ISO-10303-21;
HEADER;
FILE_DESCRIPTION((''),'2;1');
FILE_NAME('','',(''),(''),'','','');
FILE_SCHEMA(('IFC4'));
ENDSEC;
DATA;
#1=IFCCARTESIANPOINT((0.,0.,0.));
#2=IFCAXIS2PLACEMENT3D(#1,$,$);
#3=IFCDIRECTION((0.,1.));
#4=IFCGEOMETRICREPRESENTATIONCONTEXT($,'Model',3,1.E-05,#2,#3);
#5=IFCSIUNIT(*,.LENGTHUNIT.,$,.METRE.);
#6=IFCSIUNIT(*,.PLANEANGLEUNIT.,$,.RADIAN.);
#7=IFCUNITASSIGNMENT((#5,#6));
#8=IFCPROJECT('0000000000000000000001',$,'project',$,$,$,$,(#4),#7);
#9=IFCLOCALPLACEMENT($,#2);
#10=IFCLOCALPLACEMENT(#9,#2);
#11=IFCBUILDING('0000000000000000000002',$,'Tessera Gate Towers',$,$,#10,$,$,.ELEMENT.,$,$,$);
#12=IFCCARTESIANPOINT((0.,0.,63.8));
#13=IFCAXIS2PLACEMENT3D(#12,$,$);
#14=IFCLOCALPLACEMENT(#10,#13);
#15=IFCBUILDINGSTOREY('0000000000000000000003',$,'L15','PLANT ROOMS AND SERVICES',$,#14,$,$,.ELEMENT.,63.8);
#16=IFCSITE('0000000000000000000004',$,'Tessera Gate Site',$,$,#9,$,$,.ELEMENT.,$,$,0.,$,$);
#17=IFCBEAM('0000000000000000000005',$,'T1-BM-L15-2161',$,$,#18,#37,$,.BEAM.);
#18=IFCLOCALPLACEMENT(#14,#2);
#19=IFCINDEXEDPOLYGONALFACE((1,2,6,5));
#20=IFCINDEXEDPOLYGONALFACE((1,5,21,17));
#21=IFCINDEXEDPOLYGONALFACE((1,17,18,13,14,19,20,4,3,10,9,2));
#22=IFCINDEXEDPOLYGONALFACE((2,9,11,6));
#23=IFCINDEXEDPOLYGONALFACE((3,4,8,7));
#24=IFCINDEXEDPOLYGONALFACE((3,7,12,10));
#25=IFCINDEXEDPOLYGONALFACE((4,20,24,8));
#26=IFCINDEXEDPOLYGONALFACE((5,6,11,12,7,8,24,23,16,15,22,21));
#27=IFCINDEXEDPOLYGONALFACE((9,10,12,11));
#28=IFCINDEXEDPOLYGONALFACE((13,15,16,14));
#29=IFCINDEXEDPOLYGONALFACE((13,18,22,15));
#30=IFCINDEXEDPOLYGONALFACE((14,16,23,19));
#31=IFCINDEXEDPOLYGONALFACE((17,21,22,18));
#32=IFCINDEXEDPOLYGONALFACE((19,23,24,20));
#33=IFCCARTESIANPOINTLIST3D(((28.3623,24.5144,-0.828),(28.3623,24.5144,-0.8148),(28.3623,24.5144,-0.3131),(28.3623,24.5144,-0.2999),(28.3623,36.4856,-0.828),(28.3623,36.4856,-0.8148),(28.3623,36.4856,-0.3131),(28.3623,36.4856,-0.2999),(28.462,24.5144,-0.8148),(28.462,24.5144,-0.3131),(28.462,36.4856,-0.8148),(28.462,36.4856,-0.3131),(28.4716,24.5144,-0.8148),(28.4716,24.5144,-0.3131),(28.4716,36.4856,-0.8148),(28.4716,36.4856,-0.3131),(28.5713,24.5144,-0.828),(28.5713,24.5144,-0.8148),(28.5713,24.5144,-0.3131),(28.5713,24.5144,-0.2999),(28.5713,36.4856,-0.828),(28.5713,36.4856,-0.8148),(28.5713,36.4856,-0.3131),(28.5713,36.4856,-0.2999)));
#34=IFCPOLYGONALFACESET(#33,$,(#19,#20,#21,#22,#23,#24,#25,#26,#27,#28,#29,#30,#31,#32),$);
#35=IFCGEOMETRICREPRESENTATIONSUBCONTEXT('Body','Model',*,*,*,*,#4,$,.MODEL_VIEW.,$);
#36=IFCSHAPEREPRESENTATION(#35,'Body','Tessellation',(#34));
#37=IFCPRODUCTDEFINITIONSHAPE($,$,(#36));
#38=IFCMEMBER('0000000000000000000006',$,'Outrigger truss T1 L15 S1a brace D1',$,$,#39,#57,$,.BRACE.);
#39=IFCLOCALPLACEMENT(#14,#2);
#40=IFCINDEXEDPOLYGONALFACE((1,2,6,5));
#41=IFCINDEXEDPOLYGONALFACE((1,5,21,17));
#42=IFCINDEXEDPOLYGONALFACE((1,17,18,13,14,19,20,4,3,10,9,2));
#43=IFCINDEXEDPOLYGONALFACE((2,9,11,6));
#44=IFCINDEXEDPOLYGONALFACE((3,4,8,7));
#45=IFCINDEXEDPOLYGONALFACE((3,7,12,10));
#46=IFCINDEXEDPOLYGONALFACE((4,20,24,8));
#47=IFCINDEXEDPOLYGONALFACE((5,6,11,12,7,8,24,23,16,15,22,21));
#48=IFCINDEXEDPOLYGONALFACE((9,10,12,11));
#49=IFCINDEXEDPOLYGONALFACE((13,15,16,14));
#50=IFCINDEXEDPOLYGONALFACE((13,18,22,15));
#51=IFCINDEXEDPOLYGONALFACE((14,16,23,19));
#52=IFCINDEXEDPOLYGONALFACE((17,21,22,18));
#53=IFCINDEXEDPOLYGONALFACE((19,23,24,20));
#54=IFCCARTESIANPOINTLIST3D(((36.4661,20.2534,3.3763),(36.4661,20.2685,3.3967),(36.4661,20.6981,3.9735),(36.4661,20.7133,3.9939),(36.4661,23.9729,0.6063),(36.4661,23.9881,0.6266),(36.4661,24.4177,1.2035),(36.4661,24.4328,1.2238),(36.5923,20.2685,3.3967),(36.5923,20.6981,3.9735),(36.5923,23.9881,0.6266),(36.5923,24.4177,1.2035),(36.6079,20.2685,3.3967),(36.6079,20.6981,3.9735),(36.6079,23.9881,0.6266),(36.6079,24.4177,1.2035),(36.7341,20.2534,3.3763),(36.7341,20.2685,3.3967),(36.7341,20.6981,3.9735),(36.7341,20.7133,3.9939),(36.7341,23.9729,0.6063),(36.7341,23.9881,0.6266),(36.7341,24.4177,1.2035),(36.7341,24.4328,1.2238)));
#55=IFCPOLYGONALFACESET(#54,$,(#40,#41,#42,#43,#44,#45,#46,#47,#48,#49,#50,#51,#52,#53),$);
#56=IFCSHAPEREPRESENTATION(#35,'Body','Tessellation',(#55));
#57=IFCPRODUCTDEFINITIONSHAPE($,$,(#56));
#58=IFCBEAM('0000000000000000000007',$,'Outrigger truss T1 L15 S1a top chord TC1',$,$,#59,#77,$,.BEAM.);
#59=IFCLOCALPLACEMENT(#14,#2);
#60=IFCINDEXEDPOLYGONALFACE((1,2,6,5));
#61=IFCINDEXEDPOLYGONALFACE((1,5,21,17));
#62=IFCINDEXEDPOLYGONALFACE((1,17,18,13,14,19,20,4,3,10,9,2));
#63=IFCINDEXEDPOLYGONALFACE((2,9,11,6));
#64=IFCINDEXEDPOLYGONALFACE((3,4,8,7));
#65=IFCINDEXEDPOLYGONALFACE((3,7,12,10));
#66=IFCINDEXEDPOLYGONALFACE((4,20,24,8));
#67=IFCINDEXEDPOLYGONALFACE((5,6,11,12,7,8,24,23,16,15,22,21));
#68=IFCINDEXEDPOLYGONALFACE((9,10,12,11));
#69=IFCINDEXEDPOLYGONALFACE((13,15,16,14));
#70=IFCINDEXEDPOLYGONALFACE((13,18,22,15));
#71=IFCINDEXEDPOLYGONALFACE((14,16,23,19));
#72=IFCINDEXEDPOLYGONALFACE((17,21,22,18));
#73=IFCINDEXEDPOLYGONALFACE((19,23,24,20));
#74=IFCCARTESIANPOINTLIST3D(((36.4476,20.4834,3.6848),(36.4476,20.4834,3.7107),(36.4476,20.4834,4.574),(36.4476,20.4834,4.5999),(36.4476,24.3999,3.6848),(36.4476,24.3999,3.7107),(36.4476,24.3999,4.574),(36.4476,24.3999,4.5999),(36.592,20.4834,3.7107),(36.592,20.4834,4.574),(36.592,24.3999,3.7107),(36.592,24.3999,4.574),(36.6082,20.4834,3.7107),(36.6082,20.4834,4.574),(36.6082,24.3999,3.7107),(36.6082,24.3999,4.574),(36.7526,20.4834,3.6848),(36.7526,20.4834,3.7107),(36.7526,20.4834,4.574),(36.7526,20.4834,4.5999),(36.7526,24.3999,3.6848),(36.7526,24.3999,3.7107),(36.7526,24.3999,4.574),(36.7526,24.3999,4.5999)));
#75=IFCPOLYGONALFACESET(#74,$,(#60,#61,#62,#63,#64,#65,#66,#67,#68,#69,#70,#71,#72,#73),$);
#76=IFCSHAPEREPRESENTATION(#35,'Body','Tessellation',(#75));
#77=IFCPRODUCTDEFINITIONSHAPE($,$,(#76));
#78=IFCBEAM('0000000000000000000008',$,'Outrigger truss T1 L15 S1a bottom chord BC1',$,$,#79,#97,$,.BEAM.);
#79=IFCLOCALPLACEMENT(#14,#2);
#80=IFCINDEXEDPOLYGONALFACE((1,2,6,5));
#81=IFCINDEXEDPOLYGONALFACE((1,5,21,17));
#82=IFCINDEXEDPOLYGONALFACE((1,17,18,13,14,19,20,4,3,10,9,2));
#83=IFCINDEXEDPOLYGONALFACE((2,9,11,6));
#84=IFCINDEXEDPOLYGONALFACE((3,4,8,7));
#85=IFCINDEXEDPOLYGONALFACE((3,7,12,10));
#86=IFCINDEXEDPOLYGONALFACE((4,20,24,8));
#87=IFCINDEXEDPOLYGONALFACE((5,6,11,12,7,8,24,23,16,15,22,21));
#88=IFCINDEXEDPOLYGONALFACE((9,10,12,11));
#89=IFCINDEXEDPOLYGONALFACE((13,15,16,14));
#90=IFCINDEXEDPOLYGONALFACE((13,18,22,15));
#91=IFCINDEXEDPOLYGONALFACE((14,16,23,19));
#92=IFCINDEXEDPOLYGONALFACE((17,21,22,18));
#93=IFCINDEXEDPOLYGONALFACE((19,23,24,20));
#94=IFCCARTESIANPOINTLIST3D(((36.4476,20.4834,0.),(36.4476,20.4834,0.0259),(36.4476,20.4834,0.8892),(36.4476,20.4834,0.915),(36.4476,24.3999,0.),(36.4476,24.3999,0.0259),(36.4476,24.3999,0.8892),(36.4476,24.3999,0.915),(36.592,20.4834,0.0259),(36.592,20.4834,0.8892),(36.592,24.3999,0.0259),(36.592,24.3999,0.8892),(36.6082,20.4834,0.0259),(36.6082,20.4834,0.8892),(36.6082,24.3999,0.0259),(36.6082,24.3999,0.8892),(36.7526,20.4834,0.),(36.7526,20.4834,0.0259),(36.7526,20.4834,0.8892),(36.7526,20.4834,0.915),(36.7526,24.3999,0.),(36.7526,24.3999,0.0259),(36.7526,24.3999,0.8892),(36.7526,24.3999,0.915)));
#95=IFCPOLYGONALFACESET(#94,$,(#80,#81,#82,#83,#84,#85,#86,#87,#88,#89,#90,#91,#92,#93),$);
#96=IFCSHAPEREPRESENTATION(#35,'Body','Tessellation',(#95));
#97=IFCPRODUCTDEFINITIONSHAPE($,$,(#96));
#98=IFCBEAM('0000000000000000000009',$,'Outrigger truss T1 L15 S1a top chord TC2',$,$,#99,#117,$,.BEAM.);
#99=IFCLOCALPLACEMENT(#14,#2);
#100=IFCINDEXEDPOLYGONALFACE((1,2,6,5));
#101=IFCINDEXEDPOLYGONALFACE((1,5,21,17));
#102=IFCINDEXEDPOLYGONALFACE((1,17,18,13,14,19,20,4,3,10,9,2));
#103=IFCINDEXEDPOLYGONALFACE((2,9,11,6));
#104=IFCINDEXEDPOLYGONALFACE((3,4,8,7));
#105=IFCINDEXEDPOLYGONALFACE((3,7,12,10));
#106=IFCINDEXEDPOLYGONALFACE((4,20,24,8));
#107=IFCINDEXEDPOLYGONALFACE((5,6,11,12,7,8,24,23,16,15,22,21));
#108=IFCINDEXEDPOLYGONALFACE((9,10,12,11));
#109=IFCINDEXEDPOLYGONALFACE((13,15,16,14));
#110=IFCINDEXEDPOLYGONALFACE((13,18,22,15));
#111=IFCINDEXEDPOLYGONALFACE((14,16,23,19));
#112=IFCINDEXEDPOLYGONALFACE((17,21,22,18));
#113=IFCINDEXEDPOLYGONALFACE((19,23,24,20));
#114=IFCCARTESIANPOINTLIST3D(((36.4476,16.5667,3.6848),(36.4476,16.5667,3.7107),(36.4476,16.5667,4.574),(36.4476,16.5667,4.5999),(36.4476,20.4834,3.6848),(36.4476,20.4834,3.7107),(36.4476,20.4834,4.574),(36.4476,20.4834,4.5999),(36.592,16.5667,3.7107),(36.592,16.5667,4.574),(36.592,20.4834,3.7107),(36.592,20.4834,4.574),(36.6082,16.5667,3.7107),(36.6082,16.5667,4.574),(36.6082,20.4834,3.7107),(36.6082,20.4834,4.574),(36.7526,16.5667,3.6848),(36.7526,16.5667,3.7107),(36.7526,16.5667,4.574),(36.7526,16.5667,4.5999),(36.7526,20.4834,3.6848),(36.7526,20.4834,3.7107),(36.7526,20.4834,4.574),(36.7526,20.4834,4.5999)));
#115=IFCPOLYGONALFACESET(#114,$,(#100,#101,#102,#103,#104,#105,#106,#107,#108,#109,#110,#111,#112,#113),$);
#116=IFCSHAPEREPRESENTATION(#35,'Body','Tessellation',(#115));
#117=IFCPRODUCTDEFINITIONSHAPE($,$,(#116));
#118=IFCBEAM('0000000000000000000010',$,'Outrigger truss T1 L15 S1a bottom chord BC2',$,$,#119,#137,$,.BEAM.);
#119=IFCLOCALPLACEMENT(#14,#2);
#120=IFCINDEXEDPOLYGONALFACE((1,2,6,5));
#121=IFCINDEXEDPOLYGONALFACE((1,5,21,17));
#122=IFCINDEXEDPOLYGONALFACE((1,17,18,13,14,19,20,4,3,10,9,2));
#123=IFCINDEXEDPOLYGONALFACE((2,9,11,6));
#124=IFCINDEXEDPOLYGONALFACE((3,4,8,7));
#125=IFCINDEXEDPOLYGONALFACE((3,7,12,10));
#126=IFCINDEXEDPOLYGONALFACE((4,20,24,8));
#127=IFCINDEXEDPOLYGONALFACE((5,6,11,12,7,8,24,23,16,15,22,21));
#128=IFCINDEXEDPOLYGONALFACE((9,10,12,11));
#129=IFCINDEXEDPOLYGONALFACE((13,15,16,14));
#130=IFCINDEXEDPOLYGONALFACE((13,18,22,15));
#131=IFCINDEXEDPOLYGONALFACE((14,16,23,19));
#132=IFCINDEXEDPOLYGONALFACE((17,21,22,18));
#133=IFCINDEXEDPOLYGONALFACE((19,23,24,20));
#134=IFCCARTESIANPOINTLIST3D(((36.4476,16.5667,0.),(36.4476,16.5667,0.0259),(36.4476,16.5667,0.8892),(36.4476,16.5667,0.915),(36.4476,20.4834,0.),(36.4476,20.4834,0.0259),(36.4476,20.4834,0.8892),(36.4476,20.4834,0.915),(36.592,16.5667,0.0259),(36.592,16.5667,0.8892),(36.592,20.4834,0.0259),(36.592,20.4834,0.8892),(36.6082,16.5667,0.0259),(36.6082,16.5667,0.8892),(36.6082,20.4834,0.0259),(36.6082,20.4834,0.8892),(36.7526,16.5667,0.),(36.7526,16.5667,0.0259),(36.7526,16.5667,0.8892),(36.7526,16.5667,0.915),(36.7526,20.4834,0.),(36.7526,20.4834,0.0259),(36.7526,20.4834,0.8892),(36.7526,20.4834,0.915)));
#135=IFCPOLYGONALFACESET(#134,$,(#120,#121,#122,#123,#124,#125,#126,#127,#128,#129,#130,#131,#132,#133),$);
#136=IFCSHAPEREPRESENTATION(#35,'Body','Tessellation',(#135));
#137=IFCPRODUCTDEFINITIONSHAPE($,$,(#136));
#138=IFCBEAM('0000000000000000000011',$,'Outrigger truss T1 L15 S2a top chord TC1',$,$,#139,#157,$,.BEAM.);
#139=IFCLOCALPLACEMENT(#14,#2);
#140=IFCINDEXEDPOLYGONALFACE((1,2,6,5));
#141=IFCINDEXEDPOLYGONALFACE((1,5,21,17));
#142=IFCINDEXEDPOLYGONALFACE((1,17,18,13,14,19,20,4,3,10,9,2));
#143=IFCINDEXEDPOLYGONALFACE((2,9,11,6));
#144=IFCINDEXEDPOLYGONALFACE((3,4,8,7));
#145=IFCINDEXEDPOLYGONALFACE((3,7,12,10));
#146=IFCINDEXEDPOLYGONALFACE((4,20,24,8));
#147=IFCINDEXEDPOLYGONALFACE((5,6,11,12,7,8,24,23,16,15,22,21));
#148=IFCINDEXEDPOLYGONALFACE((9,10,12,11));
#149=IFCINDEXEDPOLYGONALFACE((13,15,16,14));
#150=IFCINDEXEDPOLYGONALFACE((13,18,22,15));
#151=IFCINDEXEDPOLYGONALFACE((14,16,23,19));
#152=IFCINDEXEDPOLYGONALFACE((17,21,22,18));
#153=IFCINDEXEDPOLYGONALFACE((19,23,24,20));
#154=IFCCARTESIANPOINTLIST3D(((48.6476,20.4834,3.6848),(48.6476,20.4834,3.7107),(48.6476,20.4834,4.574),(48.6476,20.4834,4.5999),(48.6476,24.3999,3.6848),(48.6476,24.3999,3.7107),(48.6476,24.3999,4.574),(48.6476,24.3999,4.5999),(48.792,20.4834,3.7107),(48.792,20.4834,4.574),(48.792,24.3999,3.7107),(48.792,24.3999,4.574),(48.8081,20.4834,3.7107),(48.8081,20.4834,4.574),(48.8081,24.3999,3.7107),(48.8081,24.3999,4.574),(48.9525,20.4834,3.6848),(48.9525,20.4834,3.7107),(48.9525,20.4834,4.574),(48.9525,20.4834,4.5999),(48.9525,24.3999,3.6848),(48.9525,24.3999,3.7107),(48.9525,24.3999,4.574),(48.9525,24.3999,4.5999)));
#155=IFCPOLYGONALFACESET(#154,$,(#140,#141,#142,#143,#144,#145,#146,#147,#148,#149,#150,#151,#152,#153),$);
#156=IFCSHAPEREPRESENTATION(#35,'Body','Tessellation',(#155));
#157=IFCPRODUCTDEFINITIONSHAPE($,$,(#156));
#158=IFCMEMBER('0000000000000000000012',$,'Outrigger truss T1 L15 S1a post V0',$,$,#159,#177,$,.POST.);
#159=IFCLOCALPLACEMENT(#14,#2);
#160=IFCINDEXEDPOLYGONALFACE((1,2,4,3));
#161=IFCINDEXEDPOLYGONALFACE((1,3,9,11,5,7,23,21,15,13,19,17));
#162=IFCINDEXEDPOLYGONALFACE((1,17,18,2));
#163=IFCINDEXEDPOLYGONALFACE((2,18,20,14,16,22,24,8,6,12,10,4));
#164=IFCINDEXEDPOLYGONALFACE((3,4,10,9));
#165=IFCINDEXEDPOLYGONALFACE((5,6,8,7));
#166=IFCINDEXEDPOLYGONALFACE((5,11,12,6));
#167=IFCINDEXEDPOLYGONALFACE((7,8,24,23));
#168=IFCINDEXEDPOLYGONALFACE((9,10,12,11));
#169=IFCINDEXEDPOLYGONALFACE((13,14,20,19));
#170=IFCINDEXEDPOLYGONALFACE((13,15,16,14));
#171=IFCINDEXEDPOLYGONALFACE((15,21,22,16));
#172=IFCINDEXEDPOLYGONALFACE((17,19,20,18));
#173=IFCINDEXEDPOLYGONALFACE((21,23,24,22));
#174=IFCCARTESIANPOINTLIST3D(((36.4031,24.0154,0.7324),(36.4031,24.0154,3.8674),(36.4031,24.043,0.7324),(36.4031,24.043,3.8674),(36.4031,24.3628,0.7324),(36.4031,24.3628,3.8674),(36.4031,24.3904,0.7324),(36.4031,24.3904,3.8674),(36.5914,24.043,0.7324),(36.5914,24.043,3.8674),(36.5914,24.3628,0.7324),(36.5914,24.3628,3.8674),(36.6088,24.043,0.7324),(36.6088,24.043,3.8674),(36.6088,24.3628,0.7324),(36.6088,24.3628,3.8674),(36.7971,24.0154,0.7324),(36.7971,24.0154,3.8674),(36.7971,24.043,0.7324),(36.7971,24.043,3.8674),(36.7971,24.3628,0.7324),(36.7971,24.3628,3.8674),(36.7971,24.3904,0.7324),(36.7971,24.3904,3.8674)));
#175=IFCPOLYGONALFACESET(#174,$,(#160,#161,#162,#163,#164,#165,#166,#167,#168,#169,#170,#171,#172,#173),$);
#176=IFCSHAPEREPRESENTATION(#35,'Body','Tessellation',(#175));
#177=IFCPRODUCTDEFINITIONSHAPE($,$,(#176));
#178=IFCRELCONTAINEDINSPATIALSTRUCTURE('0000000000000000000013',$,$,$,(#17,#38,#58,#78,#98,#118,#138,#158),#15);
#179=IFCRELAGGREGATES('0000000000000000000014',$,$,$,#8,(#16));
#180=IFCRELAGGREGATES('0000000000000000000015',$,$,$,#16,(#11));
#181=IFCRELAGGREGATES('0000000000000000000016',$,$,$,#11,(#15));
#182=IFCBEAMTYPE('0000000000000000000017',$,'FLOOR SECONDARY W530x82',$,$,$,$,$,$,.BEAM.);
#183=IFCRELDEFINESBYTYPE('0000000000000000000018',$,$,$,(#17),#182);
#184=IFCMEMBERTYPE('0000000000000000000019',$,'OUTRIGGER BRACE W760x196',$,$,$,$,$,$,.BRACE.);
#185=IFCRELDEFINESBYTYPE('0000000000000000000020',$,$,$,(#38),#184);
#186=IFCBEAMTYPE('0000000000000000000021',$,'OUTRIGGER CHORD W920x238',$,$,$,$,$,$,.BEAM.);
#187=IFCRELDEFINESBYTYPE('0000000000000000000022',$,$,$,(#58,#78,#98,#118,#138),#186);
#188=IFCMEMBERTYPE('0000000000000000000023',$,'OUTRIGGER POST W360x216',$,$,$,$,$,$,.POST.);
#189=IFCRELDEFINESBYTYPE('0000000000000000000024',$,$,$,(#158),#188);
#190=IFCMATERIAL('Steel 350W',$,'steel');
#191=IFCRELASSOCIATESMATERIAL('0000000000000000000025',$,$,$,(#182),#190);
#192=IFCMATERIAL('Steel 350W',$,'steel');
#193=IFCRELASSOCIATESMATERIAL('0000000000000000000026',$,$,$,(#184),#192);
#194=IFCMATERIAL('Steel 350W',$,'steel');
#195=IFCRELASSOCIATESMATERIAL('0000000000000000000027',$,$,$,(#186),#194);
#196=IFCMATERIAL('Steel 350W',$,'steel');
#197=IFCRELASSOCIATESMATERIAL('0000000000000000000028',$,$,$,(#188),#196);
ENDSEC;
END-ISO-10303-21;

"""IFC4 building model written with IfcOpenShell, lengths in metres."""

from ifc_helpers import new_model, si_unit, direction, frame, origin, origin_2d, place, context, subcontext, project, spatial, i_section, extrude, material, material_profile, profile_set, type_object, element, save


model = new_model("IFC4")

# Units and contexts
model_context = context("Model", 3, precision=1e-05, world=origin(), true_north=direction((0.0, 1.0)))
body_context = subcontext(model_context, "Body", "Model", "MODEL_VIEW")
ifc_project = project(units=[si_unit("LENGTHUNIT", "METRE"), si_unit("PLANEANGLEUNIT", "RADIAN")], contexts=[model_context])

# Site, building, storey
site_placement = place(None, origin())
site = spatial("IfcSite", under=ifc_project, at=site_placement, Name="Tessera Gate Site", CompositionType="ELEMENT", RefElevation=0.0)
building_placement = place(site_placement, origin())
building = spatial("IfcBuilding", under=site, at=building_placement, Name="Tessera Gate Towers", CompositionType="ELEMENT")
storey_placement = place(building_placement, frame((0.0, 0.0, 63.8)))
storey = spatial("IfcBuildingStorey", under=building, at=storey_placement, Name="L15", Description="PLANT ROOMS AND SERVICES", CompositionType="ELEMENT", Elevation=63.8)

# Beam
ifc_material_1 = material(Name="Steel 350W", Category="steel")
ifc_material_profile_1 = material_profile(ifc_material_1, i_section(OverallWidth=0.209, OverallDepth=0.5281, WebThickness=0.0095, FlangeThickness=0.0132, at=origin_2d()), Name="W530x82")
ifc_profile_set_1 = profile_set([ifc_material_profile_1], Name="Steel 350W")
beam_type_1 = type_object("IfcBeamType", Name="FLOOR SECONDARY W530x82", PredefinedType="BEAM", material=ifc_profile_set_1)
beam_1_placement = place(storey_placement, frame((28.4668, 24.5144, -0.564), z_axis=(0.0, 1.0, 0.0), x_axis=(-1.0, 0.0, 0.0)))
element("IfcBeam", 1, at=beam_1_placement, inside=storey, type_object=beam_type_1, Name="T1-BM-L15-2161", PredefinedType="BEAM", context=body_context, shape_type="SweptSolid", body=[
    extrude(i_section(OverallWidth=0.209, OverallDepth=0.5281, WebThickness=0.0095, FlangeThickness=0.0132, at=origin_2d()), origin(), (0.0, 0.0, 1.0), 11.9712),
])

# Member
ifc_material_2 = material(Name="Steel 350W", Category="steel")
ifc_material_profile_2 = material_profile(ifc_material_2, i_section(OverallWidth=0.2681, OverallDepth=0.77, WebThickness=0.0156, FlangeThickness=0.0254, at=origin_2d()), Name="W760x196")
ifc_profile_set_2 = profile_set([ifc_material_profile_2], Name="Steel 350W")
member_type_1 = type_object("IfcMemberType", Name="OUTRIGGER BRACE W760x196", PredefinedType="BRACE", material=ifc_profile_set_2)
member_placement = place(storey_placement, frame((36.6001, 24.2029, 0.915), z_axis=(0.0, -0.802023, 0.597293), x_axis=(1.0, 0.0, 0.0)))
element("IfcMember", 2, at=member_placement, inside=storey, type_object=member_type_1, Name="Outrigger truss T1 L15 S1a brace D1", PredefinedType="BRACE", context=body_context, shape_type="SweptSolid", body=[
    extrude(i_section(OverallWidth=0.2681, OverallDepth=0.77, WebThickness=0.0156, FlangeThickness=0.0254, at=origin_2d()), origin(), (0.0, 0.0, 1.0), 4.6377),
])

# Beams
ifc_material_3 = material(Name="Steel 350W", Category="steel")
ifc_material_profile_3 = material_profile(ifc_material_3, i_section(OverallWidth=0.3049, OverallDepth=0.915, WebThickness=0.0161, FlangeThickness=0.0259, at=origin_2d()), Name="W920x238")
ifc_profile_set_3 = profile_set([ifc_material_profile_3], Name="Steel 350W")
beam_type_2 = type_object("IfcBeamType", Name="OUTRIGGER CHORD W920x238", PredefinedType="BEAM", material=ifc_profile_set_3)
for number, where, z_axis, x_axis, name in (
    (3, (36.6001, 24.3999, 4.1423), (0.0, -1.0, 0.0), (1.0, 0.0, 0.0), "Outrigger truss T1 L15 S1a top chord TC1"),
    (4, (36.6001, 24.3999, 0.4575), (0.0, -1.0, 0.0), (1.0, 0.0, 0.0), "Outrigger truss T1 L15 S1a bottom chord BC1"),
):
    element("IfcBeam", number, at=place(storey_placement, frame(where, z_axis=z_axis, x_axis=x_axis)), inside=storey, type_object=beam_type_2, Name=name, PredefinedType="BEAM", context=body_context, shape_type="SweptSolid", body=[
        extrude(i_section(OverallWidth=0.3049, OverallDepth=0.915, WebThickness=0.0161, FlangeThickness=0.0259, at=origin_2d()), origin(), (0.0, 0.0, 1.0), 3.9165),
    ])
for number, where, z_axis, x_axis, name in (
    (5, (36.6001, 20.4834, 4.1423), (0.0, -1.0, 0.0), (1.0, 0.0, 0.0), "Outrigger truss T1 L15 S1a top chord TC2"),
    (6, (36.6001, 20.4834, 0.4575), (0.0, -1.0, 0.0), (1.0, 0.0, 0.0), "Outrigger truss T1 L15 S1a bottom chord BC2"),
):
    element("IfcBeam", number, at=place(storey_placement, frame(where, z_axis=z_axis, x_axis=x_axis)), inside=storey, type_object=beam_type_2, Name=name, PredefinedType="BEAM", context=body_context, shape_type="SweptSolid", body=[
        extrude(i_section(OverallWidth=0.3049, OverallDepth=0.915, WebThickness=0.0161, FlangeThickness=0.0259, at=origin_2d()), origin(), (0.0, 0.0, 1.0), 3.9167),
    ])
beam_2_placement = place(storey_placement, frame((48.8, 24.3999, 4.1423), z_axis=(0.0, -1.0, 0.0), x_axis=(1.0, 0.0, 0.0)))
element("IfcBeam", 7, at=beam_2_placement, inside=storey, type_object=beam_type_2, Name="Outrigger truss T1 L15 S2a top chord TC1", PredefinedType="BEAM", context=body_context, shape_type="SweptSolid", body=[
    extrude(i_section(OverallWidth=0.3049, OverallDepth=0.915, WebThickness=0.0161, FlangeThickness=0.0259, at=origin_2d()), origin(), (0.0, 0.0, 1.0), 3.9165),
])

# Member
ifc_material_4 = material(Name="Steel 350W", Category="steel")
ifc_material_profile_4 = material_profile(ifc_material_4, i_section(OverallWidth=0.394, OverallDepth=0.375, WebThickness=0.0173, FlangeThickness=0.0276, at=origin_2d()), Name="W360x216")
ifc_profile_set_4 = profile_set([ifc_material_profile_4], Name="Steel 350W")
member_type_2 = type_object("IfcMemberType", Name="OUTRIGGER POST W360x216", PredefinedType="POST", material=ifc_profile_set_4)
for number, where, z_axis, x_axis, name in (
    (8, (36.6001, 24.2029, 0.7324), (0.0, 0.0, 1.0), (1.0, 0.0, 0.0), "Outrigger truss T1 L15 S1a post V0"),
):
    element("IfcMember", number, at=place(storey_placement, frame(where, z_axis=z_axis, x_axis=x_axis)), inside=storey, type_object=member_type_2, Name=name, PredefinedType="POST", context=body_context, shape_type="SweptSolid", body=[
        extrude(i_section(OverallWidth=0.394, OverallDepth=0.375, WebThickness=0.0173, FlangeThickness=0.0276, at=origin_2d()), origin(), (0.0, 0.0, 1.0), 3.135),
    ])

save(model, "model.ifc")
